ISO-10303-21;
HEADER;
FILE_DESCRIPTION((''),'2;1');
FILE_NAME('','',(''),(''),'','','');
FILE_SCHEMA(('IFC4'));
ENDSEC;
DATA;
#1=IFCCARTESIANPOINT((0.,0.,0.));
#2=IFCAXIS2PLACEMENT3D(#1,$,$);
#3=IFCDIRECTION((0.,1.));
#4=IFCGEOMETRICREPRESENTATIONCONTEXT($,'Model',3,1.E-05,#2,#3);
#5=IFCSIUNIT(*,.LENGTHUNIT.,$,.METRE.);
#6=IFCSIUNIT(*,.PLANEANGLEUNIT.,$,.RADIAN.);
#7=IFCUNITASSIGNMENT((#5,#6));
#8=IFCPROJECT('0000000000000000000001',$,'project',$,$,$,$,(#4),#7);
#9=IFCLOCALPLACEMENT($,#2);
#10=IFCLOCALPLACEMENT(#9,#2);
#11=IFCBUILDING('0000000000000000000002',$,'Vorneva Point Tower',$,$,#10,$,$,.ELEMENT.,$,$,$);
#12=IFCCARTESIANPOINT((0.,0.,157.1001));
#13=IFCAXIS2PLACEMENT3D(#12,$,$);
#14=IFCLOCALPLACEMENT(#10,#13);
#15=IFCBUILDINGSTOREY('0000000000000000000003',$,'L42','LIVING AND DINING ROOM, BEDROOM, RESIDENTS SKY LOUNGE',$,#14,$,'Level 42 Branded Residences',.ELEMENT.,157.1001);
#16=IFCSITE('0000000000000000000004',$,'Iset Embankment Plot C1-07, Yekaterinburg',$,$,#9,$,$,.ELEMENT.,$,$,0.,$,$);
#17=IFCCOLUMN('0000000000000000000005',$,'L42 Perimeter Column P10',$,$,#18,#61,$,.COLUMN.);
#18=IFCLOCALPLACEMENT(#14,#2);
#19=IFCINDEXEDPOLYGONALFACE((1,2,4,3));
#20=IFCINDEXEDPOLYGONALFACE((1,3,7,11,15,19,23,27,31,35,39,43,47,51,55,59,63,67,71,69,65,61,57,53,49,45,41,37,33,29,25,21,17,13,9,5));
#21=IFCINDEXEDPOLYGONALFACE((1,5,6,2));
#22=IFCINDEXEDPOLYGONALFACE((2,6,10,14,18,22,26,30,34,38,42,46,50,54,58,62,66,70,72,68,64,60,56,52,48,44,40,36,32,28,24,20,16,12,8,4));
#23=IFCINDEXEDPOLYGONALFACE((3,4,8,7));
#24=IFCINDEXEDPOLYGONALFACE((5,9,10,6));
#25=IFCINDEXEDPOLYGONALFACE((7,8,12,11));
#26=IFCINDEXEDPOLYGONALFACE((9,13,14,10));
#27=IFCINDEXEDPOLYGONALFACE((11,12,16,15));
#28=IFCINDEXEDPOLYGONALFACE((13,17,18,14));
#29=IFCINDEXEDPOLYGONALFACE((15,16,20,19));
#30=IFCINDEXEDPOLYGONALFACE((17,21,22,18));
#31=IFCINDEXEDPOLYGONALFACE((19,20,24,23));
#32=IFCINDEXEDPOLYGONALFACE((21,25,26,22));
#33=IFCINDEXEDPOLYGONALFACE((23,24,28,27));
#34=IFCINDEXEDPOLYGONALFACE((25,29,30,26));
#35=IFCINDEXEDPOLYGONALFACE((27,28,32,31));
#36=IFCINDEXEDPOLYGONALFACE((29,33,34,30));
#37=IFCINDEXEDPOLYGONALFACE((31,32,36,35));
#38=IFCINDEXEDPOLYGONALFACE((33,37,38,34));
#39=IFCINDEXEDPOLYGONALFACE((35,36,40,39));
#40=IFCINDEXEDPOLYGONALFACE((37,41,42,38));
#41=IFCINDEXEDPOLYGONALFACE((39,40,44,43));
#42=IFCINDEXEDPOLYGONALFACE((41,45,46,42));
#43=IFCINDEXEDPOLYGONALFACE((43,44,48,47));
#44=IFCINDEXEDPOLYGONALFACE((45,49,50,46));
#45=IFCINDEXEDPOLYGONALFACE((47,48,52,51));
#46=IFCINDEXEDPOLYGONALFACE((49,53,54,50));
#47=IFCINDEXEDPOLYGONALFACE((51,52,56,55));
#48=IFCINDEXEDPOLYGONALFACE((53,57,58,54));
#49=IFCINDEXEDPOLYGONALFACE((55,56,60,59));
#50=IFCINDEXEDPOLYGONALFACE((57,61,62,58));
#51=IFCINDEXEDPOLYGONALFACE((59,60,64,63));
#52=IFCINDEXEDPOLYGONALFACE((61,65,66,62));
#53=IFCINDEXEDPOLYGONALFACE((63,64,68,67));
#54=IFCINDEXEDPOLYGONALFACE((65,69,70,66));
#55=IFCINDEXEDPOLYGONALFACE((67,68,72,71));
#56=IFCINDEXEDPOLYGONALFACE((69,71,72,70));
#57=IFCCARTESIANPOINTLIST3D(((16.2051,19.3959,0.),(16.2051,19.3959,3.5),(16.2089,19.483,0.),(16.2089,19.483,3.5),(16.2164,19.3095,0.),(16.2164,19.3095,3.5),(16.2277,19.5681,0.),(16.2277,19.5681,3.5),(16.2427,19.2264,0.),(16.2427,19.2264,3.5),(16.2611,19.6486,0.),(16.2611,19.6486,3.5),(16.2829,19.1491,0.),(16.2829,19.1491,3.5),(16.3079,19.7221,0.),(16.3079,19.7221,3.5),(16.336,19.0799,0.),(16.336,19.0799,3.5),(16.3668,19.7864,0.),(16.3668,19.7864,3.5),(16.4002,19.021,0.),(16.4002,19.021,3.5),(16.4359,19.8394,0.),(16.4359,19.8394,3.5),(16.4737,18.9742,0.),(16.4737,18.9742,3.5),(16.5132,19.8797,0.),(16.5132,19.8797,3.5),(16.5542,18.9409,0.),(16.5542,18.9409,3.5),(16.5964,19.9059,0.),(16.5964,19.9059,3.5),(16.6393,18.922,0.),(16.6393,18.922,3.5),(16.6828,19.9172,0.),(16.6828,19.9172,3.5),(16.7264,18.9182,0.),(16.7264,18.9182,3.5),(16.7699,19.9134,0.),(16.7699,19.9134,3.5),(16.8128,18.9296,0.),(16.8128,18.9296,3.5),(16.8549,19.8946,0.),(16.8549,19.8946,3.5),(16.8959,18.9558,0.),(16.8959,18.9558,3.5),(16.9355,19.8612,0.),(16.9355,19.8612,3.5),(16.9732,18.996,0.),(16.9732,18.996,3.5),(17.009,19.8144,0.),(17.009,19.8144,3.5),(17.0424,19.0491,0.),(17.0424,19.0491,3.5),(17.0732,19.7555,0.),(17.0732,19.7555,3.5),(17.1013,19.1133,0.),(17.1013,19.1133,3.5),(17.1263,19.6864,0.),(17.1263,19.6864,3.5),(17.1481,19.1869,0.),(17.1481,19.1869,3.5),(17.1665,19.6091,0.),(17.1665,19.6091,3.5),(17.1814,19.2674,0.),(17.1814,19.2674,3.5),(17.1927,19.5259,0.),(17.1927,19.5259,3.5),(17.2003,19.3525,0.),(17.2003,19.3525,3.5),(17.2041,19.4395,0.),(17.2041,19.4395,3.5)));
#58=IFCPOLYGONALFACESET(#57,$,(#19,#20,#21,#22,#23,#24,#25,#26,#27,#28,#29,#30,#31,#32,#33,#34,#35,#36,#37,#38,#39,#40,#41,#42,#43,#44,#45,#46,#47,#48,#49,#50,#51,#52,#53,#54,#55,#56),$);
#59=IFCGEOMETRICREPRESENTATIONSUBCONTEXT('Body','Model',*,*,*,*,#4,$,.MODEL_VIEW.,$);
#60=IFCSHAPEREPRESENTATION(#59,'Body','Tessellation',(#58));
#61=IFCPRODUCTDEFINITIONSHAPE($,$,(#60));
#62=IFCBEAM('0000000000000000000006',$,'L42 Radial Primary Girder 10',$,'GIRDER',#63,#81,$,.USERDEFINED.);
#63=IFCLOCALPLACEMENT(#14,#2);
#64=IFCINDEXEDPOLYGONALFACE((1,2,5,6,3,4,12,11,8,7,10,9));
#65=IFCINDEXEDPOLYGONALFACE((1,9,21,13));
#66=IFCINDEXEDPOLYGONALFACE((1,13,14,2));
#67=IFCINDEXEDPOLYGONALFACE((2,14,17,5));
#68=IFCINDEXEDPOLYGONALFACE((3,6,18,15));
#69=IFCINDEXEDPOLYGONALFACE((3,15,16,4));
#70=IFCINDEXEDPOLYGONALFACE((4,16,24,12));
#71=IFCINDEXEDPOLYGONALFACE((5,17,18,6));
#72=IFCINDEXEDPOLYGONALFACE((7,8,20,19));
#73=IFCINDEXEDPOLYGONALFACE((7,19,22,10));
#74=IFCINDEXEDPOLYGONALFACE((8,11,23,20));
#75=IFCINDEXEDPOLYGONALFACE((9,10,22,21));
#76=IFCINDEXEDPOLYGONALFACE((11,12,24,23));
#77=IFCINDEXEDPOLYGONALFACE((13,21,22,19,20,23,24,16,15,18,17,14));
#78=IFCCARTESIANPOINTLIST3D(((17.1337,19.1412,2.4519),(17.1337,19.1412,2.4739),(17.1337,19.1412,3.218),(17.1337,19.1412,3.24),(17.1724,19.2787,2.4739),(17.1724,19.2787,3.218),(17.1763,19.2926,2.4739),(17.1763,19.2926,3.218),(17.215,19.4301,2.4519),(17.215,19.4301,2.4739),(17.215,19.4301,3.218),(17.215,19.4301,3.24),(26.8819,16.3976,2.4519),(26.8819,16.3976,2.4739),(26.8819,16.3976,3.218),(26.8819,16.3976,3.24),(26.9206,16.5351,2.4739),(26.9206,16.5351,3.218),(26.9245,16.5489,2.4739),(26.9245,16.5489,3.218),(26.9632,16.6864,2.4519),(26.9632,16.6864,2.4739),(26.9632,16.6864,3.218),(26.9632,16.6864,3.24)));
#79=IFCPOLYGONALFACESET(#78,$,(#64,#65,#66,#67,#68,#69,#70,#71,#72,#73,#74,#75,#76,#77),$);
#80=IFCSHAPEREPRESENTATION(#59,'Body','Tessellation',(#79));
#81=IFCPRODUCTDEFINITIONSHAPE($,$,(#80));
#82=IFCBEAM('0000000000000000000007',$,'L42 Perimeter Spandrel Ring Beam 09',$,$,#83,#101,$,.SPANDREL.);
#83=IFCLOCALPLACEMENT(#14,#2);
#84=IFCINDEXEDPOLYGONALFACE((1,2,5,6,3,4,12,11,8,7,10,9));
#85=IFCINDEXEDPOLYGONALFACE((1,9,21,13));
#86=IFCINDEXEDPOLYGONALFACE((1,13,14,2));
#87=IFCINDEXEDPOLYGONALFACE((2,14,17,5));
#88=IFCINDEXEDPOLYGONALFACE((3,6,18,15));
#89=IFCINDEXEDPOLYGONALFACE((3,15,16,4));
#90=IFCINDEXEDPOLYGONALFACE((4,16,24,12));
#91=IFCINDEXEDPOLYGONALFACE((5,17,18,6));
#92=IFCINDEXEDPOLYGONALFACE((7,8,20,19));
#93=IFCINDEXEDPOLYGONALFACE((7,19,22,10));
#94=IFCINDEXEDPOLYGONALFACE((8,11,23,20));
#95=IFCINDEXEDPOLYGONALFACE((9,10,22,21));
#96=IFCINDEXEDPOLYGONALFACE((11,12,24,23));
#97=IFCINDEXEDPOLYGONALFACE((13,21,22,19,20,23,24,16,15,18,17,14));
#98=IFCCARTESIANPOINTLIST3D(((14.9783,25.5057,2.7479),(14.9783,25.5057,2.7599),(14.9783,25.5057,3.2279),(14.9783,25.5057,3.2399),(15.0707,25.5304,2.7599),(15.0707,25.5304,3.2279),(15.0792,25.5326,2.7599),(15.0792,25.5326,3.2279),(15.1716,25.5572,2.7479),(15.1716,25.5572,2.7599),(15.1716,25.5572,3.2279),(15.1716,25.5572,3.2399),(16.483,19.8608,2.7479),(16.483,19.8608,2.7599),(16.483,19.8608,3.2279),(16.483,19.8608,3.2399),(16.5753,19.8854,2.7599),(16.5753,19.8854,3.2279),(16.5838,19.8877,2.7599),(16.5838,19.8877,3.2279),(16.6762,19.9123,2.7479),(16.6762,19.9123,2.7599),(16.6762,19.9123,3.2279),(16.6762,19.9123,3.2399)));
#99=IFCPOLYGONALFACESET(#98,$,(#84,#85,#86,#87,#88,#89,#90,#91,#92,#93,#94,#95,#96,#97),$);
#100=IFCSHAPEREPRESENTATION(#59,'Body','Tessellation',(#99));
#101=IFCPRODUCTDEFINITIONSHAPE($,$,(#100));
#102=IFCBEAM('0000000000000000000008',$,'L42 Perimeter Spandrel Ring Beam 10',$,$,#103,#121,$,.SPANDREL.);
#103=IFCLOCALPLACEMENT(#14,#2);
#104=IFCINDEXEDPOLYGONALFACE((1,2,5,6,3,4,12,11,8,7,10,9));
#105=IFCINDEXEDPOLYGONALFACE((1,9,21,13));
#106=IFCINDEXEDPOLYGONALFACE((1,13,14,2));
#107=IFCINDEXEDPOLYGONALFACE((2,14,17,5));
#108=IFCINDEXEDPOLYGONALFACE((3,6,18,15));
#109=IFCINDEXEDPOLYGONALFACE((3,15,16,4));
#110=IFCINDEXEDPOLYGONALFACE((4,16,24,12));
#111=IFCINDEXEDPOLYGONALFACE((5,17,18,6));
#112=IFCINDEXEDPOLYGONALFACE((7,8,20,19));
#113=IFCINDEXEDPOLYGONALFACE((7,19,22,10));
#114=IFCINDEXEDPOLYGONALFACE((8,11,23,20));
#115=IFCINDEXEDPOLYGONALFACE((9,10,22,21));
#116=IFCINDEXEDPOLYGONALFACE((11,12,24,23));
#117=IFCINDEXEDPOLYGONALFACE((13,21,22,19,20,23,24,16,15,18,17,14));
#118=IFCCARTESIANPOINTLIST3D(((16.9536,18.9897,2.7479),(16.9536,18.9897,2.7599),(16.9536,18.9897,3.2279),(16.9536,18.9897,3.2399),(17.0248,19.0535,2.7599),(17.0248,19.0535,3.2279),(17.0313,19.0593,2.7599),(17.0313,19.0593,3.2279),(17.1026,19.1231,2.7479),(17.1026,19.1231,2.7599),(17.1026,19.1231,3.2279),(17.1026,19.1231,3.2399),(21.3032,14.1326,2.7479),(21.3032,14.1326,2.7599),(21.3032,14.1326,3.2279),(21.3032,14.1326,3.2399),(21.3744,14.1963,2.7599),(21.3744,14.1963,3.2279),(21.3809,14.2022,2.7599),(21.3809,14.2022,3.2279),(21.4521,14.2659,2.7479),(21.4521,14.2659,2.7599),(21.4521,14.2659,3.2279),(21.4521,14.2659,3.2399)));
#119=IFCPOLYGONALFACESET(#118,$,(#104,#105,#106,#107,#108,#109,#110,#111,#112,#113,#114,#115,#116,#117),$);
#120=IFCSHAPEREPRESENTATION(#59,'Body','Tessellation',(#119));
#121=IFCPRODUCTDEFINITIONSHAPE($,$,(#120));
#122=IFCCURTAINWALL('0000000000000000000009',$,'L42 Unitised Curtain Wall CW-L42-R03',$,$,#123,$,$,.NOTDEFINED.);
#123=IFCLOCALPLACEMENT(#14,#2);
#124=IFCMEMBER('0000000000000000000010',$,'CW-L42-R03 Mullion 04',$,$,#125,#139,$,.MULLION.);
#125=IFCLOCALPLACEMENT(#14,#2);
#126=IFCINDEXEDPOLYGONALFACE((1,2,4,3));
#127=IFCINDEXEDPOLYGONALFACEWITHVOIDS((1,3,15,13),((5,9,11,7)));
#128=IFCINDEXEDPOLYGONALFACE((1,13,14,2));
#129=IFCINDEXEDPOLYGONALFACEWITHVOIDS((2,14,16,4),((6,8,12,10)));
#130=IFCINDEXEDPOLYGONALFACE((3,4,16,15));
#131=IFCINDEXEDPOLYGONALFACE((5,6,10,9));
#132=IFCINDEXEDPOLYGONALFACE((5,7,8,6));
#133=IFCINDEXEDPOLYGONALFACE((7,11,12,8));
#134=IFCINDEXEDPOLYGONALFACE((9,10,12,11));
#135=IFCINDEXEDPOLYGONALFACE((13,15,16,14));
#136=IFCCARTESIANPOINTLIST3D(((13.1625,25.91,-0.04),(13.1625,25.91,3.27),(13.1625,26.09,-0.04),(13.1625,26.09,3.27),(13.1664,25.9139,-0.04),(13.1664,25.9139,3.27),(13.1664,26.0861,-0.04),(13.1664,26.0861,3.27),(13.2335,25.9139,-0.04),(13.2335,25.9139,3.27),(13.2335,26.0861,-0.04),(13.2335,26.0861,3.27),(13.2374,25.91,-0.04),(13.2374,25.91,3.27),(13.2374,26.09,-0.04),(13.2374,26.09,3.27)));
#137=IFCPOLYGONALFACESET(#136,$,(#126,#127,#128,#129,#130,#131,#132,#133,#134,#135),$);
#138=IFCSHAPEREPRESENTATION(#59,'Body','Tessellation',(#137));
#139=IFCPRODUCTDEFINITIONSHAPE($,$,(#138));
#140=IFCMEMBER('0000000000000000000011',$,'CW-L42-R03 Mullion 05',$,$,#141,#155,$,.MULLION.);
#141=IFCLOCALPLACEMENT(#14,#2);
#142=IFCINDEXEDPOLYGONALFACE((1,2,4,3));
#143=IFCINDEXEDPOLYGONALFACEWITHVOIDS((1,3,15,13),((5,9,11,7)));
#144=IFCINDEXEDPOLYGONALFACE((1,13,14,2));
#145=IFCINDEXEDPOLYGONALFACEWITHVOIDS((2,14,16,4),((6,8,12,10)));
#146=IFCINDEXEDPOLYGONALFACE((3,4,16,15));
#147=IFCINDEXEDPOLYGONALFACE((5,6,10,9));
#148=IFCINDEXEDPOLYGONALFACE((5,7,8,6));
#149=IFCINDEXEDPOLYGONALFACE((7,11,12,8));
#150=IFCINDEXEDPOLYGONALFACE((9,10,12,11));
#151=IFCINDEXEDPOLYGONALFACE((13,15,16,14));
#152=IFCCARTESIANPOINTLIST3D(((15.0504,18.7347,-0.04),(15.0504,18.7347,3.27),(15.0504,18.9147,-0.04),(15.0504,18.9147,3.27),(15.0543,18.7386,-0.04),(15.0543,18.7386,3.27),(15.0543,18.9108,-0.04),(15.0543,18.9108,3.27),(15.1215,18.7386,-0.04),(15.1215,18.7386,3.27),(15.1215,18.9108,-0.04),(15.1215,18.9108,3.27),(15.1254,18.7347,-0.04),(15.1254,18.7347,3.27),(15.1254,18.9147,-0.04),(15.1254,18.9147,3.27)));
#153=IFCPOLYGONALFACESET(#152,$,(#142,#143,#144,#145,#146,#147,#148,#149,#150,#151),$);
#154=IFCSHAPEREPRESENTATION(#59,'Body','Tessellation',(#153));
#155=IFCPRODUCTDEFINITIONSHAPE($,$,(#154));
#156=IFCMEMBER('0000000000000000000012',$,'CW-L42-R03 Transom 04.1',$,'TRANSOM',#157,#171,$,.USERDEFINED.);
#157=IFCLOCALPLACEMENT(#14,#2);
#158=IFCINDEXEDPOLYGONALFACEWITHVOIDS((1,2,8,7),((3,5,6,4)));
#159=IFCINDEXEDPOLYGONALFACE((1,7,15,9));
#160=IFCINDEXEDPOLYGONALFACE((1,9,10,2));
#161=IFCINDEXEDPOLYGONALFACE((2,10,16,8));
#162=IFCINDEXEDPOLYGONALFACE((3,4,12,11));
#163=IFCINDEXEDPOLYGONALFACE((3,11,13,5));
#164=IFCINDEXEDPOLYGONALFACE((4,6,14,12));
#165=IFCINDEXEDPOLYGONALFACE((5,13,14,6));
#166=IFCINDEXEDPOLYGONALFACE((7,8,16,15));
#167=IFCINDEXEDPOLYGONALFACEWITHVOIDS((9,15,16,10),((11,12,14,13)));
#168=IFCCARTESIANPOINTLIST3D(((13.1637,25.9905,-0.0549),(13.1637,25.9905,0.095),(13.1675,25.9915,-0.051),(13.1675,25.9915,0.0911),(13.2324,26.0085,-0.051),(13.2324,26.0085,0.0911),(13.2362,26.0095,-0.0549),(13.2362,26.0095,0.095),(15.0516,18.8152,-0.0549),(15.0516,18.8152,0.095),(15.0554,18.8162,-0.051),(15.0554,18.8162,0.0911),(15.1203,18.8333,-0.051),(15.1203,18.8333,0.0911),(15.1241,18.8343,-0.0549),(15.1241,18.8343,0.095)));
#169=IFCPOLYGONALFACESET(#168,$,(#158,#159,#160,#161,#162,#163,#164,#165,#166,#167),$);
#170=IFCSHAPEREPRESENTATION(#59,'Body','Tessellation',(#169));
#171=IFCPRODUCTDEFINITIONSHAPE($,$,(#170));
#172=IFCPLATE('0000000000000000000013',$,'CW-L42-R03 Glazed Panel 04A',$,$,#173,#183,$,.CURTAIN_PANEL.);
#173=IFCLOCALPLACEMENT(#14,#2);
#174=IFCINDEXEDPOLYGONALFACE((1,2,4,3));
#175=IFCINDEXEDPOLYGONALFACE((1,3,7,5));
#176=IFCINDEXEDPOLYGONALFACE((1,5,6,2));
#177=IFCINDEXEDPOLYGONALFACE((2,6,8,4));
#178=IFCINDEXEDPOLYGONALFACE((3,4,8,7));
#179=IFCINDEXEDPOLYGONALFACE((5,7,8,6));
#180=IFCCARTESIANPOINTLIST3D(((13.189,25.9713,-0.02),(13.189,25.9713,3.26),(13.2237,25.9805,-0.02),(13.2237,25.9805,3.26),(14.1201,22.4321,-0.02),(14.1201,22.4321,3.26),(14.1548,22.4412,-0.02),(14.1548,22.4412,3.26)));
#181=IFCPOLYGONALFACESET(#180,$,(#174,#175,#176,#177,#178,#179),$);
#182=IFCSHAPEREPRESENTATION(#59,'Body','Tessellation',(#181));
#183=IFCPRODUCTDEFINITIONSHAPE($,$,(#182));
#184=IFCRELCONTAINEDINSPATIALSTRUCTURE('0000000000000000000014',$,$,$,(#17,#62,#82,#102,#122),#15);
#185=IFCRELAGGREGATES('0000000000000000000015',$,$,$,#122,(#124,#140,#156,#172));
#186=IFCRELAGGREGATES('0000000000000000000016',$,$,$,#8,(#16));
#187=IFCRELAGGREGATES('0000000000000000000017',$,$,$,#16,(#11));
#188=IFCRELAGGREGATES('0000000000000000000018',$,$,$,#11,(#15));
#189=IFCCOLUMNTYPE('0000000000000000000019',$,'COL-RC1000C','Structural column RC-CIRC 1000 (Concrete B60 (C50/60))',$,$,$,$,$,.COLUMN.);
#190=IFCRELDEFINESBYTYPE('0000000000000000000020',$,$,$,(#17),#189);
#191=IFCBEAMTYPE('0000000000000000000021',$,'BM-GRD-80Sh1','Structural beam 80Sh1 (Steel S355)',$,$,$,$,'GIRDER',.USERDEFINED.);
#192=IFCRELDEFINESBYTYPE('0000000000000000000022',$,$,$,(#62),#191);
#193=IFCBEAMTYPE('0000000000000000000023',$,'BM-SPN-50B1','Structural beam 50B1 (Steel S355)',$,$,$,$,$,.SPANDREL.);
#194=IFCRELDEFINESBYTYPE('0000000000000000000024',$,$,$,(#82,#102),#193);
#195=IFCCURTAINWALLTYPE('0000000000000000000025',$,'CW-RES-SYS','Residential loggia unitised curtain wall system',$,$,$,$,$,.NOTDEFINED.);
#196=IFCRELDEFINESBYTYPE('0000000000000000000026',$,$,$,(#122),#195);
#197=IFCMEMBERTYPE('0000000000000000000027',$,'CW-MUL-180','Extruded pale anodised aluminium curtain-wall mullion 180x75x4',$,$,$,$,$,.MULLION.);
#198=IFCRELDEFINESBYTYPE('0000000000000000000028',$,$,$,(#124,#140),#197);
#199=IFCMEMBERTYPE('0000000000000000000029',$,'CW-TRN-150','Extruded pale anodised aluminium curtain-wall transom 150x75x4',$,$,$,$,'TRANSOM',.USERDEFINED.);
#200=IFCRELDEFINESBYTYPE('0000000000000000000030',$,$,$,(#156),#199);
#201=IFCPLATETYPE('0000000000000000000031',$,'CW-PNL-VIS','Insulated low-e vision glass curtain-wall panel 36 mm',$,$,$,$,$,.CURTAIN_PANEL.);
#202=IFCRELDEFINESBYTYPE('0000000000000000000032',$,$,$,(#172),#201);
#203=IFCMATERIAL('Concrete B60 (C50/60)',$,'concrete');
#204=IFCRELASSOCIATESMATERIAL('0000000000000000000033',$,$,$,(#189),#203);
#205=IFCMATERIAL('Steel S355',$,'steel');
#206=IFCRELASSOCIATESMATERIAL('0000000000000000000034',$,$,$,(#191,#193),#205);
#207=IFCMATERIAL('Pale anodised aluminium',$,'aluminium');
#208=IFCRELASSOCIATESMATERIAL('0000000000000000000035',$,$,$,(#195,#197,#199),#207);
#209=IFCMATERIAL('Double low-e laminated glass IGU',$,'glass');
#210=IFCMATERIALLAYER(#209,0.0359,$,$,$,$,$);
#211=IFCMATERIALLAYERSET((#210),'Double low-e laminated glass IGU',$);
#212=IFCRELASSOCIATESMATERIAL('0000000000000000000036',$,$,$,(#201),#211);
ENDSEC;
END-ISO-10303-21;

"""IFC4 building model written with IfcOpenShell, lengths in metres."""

from ifc_helpers import new_model, si_unit, direction, frame, origin, origin_2d, place, context, subcontext, project, spatial, rectangle, hollow_rectangle, circle, i_section, extrude, material, layer, layer_set, material_profile, profile_set, type_object, element, aggregate, save


model = new_model("IFC4")

# Units and contexts
model_context = context("Model", 3, precision=1e-05, world=origin(), true_north=direction((0.0, 1.0)))
body_context = subcontext(model_context, "Body", "Model", "MODEL_VIEW")
ifc_project = project(units=[si_unit("LENGTHUNIT", "METRE"), si_unit("PLANEANGLEUNIT", "RADIAN")], contexts=[model_context])

# Site, building, storey
site_placement = place(None, origin())
site = spatial("IfcSite", under=ifc_project, at=site_placement, Name="Iset Embankment Plot C1-07, Yekaterinburg", CompositionType="ELEMENT", RefElevation=0.0)
building_placement = place(site_placement, origin())
building = spatial("IfcBuilding", under=site, at=building_placement, Name="Vorneva Point Tower", CompositionType="ELEMENT")
storey_placement = place(building_placement, frame((0.0, 0.0, 157.1001)))
storey = spatial("IfcBuildingStorey", under=building, at=storey_placement, Name="L42", Description="LIVING AND DINING ROOM, BEDROOM, RESIDENTS SKY LOUNGE", LongName="Level 42 Branded Residences", CompositionType="ELEMENT", Elevation=157.1001)

# Column
ifc_material_1 = material(Name="Concrete B60 (C50/60)", Category="concrete")
ifc_material_profile_1 = material_profile(ifc_material_1, circle(Radius=0.5, at=origin_2d()), Name="RC-CIRC 1000")
ifc_profile_set_1 = profile_set([ifc_material_profile_1], Name="Concrete B60 (C50/60)")
column_type = type_object("IfcColumnType", Name="COL-RC1000C", Description="Structural column RC-CIRC 1000 (Concrete B60 (C50/60))", PredefinedType="COLUMN", material=ifc_profile_set_1)
column_placement = place(storey_placement, frame((16.7046, 19.4177, 0.0), z_axis=(0.0, 0.0, 1.0), x_axis=(-0.92388, -0.382683, 0.0)))
element("IfcColumn", 1, at=column_placement, inside=storey, type_object=column_type, Name="L42 Perimeter Column P10", PredefinedType="COLUMN", context=body_context, shape_type="SweptSolid", body=[
    extrude(circle(Radius=0.5, at=origin_2d()), origin(), (0.0, 0.0, 1.0), 3.5),
])

# Beams
ifc_material_2 = material(Name="Steel S355", Category="steel")
ifc_material_profile_2 = material_profile(ifc_material_2, i_section(OverallWidth=0.3, OverallDepth=0.7881, WebThickness=0.0144, FlangeThickness=0.022, at=origin_2d()), Name="80Sh1")
ifc_profile_set_2 = profile_set([ifc_material_profile_2], Name="Steel S355")
beam_type_1 = type_object("IfcBeamType", Name="BM-GRD-80Sh1", Description="Structural beam 80Sh1 (Steel S355)", ElementType="GIRDER", PredefinedType="USERDEFINED", material=ifc_profile_set_2)
beam_1_placement = place(storey_placement, frame((17.1743, 19.2856, 2.8459), z_axis=(0.962601, -0.270924, 0.0), x_axis=(0.270924, 0.962601, 0.0)))
element("IfcBeam", 2, at=beam_1_placement, inside=storey, type_object=beam_type_1, Name="L42 Radial Primary Girder 10", ObjectType="GIRDER", PredefinedType="USERDEFINED", context=body_context, shape_type="SweptSolid", body=[
    extrude(i_section(OverallWidth=0.3, OverallDepth=0.7881, WebThickness=0.0144, FlangeThickness=0.022, at=origin_2d()), origin(), (0.0, 0.0, 1.0), 10.127),
])
ifc_material_profile_3 = material_profile(ifc_material_2, i_section(OverallWidth=0.2, OverallDepth=0.4919, WebThickness=0.0088, FlangeThickness=0.012, at=origin_2d()), Name="50B1")
ifc_profile_set_3 = profile_set([ifc_material_profile_3], Name="Steel S355")
beam_type_2 = type_object("IfcBeamType", Name="BM-SPN-50B1", Description="Structural beam 50B1 (Steel S355)", PredefinedType="SPANDREL", material=ifc_profile_set_3)
beam_2_placement = place(storey_placement, frame((15.075, 25.5315, 2.9939), z_axis=(0.257551, -0.966265, 0.0), x_axis=(0.966265, 0.257551, 0.0)))
element("IfcBeam", 3, at=beam_2_placement, inside=storey, type_object=beam_type_2, Name="L42 Perimeter Spandrel Ring Beam 09", PredefinedType="SPANDREL", context=body_context, shape_type="SweptSolid", body=[
    extrude(i_section(OverallWidth=0.2, OverallDepth=0.4919, WebThickness=0.0088, FlangeThickness=0.012, at=origin_2d()), origin(), (0.0, 0.0, 1.0), 5.842),
])
beam_3_placement = place(storey_placement, frame((17.0281, 19.0564, 2.9939), z_axis=(0.667111, -0.744958, 0.0), x_axis=(0.744958, 0.667111, 0.0)))
element("IfcBeam", 4, at=beam_3_placement, inside=storey, type_object=beam_type_2, Name="L42 Perimeter Spandrel Ring Beam 10", PredefinedType="SPANDREL", context=body_context, shape_type="SweptSolid", body=[
    extrude(i_section(OverallWidth=0.2, OverallDepth=0.4919, WebThickness=0.0088, FlangeThickness=0.012, at=origin_2d()), origin(), (0.0, 0.0, 1.0), 6.52),
])

# Curtain wall, members, plate
ifc_material_3 = material(Name="Pale anodised aluminium", Category="aluminium")
curtain_wall_type = type_object("IfcCurtainWallType", Name="CW-RES-SYS", Description="Residential loggia unitised curtain wall system", PredefinedType="NOTDEFINED", material=ifc_material_3)
curtain_wall_placement = place(storey_placement, origin())
curtain_wall = element("IfcCurtainWall", 5, at=curtain_wall_placement, inside=storey, type_object=curtain_wall_type, Name="L42 Unitised Curtain Wall CW-L42-R03", PredefinedType="NOTDEFINED")
ifc_material_profile_4 = material_profile(ifc_material_3, hollow_rectangle(XDim=0.075, YDim=0.1799, WallThickness=0.0039, at=origin_2d()), Name="AL-MUL 180x75x4")
ifc_profile_set_4 = profile_set([ifc_material_profile_4], Name="Pale anodised aluminium")
member_type_1 = type_object("IfcMemberType", Name="CW-MUL-180", Description="Extruded pale anodised aluminium curtain-wall mullion 180x75x4", PredefinedType="MULLION", material=ifc_profile_set_4)
member_1_placement = place(storey_placement, frame((13.2, 26.0, -0.04), z_axis=(0.0, 0.0, 1.0), x_axis=(1.0, 0.0, 0.0)))
member_1 = element("IfcMember", 6, at=member_1_placement, type_object=member_type_1, Name="CW-L42-R03 Mullion 04", PredefinedType="MULLION", context=body_context, shape_type="SweptSolid", body=[
    extrude(hollow_rectangle(XDim=0.075, YDim=0.1799, WallThickness=0.0039, at=origin_2d()), origin(), (0.0, 0.0, 1.0), 3.3101),
])
member_2_placement = place(storey_placement, frame((15.0879, 18.8247, -0.04), z_axis=(0.0, 0.0, 1.0), x_axis=(1.0, 0.0, 0.0)))
member_2 = element("IfcMember", 7, at=member_2_placement, type_object=member_type_1, Name="CW-L42-R03 Mullion 05", PredefinedType="MULLION", context=body_context, shape_type="SweptSolid", body=[
    extrude(hollow_rectangle(XDim=0.075, YDim=0.1799, WallThickness=0.0039, at=origin_2d()), origin(), (0.0, 0.0, 1.0), 3.3101),
])
ifc_material_profile_5 = material_profile(ifc_material_3, hollow_rectangle(XDim=0.075, YDim=0.1499, WallThickness=0.0039, at=origin_2d()), Name="AL-TRN 150x75x4")
ifc_profile_set_5 = profile_set([ifc_material_profile_5], Name="Pale anodised aluminium")
member_type_2 = type_object("IfcMemberType", Name="CW-TRN-150", Description="Extruded pale anodised aluminium curtain-wall transom 150x75x4", ElementType="TRANSOM", PredefinedType="USERDEFINED", material=ifc_profile_set_5)
member_3_placement = place(storey_placement, frame((13.2, 26.0, 0.02), z_axis=(0.254456, -0.967084, 0.0), x_axis=(0.967084, 0.254456, 0.0)))
member_3 = element("IfcMember", 8, at=member_3_placement, type_object=member_type_2, Name="CW-L42-R03 Transom 04.1", ObjectType="TRANSOM", PredefinedType="USERDEFINED", context=body_context, shape_type="SweptSolid", body=[
    extrude(hollow_rectangle(XDim=0.075, YDim=0.1499, WallThickness=0.0039, at=origin_2d()), origin(), (0.0, 0.0, 1.0), 7.4194),
])
ifc_material_4 = material(Name="Double low-e laminated glass IGU", Category="glass")
ifc_layer_1 = layer(ifc_material_4, 0.0359)
ifc_layer_set_1 = layer_set([ifc_layer_1], Name="Double low-e laminated glass IGU")
plate_type = type_object("IfcPlateType", Name="CW-PNL-VIS", Description="Insulated low-e vision glass curtain-wall panel 36 mm", PredefinedType="CURTAIN_PANEL", material=ifc_layer_set_1)
plate_1_placement = place(storey_placement, frame((13.6719, 24.2063, -0.02), z_axis=(0.0, 0.0, 1.0), x_axis=(0.254433, -0.96709, 0.0)))
plate_1 = element("IfcPlate", 9, at=plate_1_placement, type_object=plate_type, Name="CW-L42-R03 Glazed Panel 04A", PredefinedType="CURTAIN_PANEL", context=body_context, shape_type="SweptSolid", body=[
    extrude(rectangle(XDim=3.6597, YDim=0.0359, at=origin_2d()), origin(), (0.0, 0.0, 1.0), 3.28),
])
aggregate(curtain_wall, [member_1, member_2, member_3, plate_1])

save(model, "model.ifc")
